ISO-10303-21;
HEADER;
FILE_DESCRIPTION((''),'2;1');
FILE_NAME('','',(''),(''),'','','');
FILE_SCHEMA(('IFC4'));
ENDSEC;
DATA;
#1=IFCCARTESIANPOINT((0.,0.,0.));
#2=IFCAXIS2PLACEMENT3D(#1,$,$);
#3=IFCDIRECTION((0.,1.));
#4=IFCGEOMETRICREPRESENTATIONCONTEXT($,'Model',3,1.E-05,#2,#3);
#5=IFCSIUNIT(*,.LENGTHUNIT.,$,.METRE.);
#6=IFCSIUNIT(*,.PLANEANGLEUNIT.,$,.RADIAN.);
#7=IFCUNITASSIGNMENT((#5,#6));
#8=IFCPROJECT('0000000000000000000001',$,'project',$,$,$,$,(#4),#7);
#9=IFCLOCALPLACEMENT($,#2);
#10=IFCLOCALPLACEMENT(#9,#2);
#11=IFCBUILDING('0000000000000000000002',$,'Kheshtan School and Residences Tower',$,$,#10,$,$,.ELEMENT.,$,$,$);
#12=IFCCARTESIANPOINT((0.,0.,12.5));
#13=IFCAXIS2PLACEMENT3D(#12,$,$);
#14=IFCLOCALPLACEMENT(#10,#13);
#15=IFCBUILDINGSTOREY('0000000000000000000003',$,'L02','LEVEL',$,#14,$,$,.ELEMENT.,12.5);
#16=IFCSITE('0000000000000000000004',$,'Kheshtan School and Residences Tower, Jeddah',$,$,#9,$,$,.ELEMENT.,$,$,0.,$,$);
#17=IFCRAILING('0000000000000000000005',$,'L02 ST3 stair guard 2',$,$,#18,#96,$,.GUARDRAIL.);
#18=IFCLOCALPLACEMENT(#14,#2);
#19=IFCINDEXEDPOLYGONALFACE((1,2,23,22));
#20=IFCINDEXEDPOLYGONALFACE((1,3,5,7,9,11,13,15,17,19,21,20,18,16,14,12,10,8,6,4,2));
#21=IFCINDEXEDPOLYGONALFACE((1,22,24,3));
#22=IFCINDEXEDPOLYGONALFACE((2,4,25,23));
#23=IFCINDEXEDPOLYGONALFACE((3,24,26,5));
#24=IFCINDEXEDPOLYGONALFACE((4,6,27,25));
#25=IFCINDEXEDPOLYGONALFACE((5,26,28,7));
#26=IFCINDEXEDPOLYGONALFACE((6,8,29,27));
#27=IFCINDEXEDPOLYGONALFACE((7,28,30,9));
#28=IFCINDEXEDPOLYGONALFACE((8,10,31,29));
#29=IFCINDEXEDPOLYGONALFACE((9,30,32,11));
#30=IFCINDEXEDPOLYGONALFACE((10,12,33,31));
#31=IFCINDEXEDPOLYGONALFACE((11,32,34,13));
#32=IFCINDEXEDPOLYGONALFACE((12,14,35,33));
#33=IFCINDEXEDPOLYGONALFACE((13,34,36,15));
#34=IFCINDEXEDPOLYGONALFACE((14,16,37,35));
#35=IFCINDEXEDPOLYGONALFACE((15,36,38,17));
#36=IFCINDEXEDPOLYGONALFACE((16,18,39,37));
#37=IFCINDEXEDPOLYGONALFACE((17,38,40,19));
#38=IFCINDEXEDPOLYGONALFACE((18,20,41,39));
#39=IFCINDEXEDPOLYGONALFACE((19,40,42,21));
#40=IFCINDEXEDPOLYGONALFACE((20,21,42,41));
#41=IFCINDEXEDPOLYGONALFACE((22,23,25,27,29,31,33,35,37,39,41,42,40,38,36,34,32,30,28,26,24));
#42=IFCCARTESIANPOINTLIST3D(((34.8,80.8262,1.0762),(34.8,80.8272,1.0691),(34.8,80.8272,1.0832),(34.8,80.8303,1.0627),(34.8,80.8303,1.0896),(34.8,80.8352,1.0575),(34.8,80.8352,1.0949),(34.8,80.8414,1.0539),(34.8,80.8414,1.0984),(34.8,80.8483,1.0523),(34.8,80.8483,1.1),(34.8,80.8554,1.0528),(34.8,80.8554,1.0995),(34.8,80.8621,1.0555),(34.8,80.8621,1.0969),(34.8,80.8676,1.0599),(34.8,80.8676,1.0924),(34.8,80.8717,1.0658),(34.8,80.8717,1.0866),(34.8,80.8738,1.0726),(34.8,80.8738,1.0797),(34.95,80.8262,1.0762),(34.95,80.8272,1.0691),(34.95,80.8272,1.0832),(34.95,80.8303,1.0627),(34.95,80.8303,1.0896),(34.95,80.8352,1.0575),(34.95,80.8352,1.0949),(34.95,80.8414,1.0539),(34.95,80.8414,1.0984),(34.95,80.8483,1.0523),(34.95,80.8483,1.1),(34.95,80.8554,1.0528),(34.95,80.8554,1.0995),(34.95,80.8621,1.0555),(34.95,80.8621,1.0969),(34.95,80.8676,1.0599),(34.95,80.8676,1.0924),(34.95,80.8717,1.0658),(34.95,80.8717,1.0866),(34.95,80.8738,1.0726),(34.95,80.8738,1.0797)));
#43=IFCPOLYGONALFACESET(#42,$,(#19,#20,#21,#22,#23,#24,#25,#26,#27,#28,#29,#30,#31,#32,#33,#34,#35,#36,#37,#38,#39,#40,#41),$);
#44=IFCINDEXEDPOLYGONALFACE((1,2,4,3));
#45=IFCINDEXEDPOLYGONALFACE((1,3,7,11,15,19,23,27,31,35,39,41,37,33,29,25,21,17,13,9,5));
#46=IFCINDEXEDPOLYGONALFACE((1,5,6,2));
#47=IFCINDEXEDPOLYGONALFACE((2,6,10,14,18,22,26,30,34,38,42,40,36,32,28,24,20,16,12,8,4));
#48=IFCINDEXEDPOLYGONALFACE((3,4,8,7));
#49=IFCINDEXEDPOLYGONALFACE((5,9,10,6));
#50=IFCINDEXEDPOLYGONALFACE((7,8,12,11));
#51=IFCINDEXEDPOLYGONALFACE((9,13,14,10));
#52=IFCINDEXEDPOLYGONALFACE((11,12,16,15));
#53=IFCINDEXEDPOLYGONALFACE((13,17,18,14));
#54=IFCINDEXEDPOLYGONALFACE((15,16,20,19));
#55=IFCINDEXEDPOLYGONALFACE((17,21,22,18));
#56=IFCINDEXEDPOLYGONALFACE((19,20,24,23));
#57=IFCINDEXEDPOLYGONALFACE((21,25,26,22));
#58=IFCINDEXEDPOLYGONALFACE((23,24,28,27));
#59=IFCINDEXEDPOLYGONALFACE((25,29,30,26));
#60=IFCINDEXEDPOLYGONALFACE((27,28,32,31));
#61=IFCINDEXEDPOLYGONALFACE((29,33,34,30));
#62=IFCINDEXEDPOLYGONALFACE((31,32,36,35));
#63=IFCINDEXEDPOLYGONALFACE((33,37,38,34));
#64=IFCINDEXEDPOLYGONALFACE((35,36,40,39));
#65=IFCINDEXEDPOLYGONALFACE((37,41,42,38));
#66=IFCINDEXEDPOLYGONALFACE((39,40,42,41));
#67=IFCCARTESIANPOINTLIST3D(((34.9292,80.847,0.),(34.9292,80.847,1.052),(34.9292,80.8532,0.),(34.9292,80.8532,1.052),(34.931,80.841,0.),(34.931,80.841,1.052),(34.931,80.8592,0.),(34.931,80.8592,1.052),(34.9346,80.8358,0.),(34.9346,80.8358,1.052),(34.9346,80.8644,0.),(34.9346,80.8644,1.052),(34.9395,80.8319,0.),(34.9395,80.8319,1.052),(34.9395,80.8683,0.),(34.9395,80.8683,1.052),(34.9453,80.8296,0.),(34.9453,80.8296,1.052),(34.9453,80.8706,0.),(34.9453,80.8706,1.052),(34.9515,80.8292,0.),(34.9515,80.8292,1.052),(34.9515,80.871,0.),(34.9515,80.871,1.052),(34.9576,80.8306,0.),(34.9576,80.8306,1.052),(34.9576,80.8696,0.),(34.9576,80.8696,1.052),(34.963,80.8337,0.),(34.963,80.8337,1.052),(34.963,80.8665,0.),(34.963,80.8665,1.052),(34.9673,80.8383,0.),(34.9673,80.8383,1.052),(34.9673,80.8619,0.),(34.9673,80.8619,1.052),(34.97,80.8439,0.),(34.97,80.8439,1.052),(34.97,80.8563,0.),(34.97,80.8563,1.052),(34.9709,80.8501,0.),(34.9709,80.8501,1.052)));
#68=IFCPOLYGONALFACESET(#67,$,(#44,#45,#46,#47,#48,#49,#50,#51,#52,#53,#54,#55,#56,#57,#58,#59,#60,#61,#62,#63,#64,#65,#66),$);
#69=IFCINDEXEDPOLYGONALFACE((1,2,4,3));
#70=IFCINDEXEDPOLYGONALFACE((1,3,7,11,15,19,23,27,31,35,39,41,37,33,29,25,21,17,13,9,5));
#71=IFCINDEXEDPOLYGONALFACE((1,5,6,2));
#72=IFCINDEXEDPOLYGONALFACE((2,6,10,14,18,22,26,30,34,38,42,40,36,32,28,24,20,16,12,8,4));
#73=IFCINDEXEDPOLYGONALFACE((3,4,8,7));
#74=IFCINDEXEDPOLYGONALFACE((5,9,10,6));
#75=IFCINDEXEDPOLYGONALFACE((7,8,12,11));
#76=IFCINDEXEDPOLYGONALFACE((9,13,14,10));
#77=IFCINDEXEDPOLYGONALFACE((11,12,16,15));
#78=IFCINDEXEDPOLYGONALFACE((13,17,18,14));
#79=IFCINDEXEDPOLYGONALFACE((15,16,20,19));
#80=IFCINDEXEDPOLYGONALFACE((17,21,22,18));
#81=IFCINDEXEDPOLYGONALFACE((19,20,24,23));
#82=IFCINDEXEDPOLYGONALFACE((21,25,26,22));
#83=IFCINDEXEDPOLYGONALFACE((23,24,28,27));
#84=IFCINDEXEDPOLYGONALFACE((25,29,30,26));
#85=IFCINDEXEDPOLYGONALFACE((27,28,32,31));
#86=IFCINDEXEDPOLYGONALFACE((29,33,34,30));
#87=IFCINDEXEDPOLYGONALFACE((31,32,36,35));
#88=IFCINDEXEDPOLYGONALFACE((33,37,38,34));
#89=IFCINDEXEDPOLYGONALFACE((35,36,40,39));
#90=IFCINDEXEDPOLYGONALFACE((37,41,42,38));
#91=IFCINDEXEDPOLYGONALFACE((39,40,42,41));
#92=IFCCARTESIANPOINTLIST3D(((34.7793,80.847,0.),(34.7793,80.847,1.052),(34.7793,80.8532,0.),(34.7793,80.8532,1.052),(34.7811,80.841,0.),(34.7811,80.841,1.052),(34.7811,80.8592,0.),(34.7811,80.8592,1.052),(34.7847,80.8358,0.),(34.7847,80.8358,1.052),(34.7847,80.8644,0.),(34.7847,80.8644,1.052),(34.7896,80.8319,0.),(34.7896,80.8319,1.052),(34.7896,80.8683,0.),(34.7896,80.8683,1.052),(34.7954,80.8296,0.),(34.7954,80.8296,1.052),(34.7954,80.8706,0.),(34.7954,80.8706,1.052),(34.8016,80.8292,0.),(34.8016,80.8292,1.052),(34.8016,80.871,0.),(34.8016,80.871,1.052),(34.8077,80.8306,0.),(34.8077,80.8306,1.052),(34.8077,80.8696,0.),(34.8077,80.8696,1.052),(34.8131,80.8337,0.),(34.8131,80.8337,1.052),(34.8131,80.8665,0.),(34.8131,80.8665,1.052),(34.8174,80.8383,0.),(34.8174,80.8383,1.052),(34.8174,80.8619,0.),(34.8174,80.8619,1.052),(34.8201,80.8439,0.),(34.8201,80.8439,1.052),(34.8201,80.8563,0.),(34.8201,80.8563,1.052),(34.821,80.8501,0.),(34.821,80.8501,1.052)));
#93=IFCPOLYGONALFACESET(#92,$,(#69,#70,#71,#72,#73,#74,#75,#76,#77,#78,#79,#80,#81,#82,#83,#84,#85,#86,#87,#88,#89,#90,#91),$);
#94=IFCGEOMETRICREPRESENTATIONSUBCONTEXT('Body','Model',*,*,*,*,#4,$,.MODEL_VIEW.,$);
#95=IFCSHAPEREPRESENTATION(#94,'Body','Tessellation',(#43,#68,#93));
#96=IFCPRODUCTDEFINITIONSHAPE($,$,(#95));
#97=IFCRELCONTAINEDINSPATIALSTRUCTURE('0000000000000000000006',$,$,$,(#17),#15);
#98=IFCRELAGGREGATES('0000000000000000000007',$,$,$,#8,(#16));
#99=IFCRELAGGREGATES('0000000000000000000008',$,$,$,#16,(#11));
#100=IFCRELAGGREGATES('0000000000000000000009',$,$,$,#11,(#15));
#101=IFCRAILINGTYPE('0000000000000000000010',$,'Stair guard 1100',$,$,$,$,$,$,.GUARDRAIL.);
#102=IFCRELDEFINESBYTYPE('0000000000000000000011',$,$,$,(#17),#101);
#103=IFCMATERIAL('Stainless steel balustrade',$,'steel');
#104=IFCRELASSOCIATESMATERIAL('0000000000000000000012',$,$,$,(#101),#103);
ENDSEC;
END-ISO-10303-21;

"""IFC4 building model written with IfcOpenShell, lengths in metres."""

from ifc_helpers import new_model, si_unit, direction, frame, origin, origin_2d, place, context, subcontext, project, spatial, circle, extrude, material, type_object, element, save


model = new_model("IFC4")

# Units and contexts
model_context = context("Model", 3, precision=1e-05, world=origin(), true_north=direction((0.0, 1.0)))
body_context = subcontext(model_context, "Body", "Model", "MODEL_VIEW")
ifc_project = project(units=[si_unit("LENGTHUNIT", "METRE"), si_unit("PLANEANGLEUNIT", "RADIAN")], contexts=[model_context])

# Site, building, storey
site_placement = place(None, origin())
site = spatial("IfcSite", under=ifc_project, at=site_placement, Name="Kheshtan School and Residences Tower, Jeddah", CompositionType="ELEMENT", RefElevation=0.0)
building_placement = place(site_placement, origin())
building = spatial("IfcBuilding", under=site, at=building_placement, Name="Kheshtan School and Residences Tower", CompositionType="ELEMENT")
storey_placement = place(building_placement, frame((0.0, 0.0, 12.5)))
storey = spatial("IfcBuildingStorey", under=building, at=storey_placement, Name="L02", Description="LEVEL", CompositionType="ELEMENT", Elevation=12.5)

# Railing
ifc_material_1 = material(Name="Stainless steel balustrade", Category="steel")
railing_type_1 = type_object("IfcRailingType", Name="Stair guard 1100", PredefinedType="GUARDRAIL", material=ifc_material_1)
railing_1_placement = place(storey_placement, frame((34.95, 80.8501, 0.0)))
element("IfcRailing", 1, at=railing_1_placement, inside=storey, type_object=railing_type_1, Name="L02 ST3 stair guard 2", PredefinedType="GUARDRAIL", context=body_context, shape_type="SweptSolid", body=[
    extrude(circle(Radius=0.0239, at=origin_2d()), frame((0.0, 0.0, 1.0762), z_axis=(-1.0, 0.0, 0.0), x_axis=(0.0, -1.0, 0.0)), (0.0, 0.0, 1.0), 0.1499),
    extrude(circle(Radius=0.021, at=origin_2d()), origin(), (0.0, 0.0, 1.0), 1.052),
    extrude(circle(Radius=0.021, at=origin_2d()), frame((-0.1499, 0.0, 0.0)), (0.0, 0.0, 1.0), 1.052),
])

save(model, "model.ifc")
